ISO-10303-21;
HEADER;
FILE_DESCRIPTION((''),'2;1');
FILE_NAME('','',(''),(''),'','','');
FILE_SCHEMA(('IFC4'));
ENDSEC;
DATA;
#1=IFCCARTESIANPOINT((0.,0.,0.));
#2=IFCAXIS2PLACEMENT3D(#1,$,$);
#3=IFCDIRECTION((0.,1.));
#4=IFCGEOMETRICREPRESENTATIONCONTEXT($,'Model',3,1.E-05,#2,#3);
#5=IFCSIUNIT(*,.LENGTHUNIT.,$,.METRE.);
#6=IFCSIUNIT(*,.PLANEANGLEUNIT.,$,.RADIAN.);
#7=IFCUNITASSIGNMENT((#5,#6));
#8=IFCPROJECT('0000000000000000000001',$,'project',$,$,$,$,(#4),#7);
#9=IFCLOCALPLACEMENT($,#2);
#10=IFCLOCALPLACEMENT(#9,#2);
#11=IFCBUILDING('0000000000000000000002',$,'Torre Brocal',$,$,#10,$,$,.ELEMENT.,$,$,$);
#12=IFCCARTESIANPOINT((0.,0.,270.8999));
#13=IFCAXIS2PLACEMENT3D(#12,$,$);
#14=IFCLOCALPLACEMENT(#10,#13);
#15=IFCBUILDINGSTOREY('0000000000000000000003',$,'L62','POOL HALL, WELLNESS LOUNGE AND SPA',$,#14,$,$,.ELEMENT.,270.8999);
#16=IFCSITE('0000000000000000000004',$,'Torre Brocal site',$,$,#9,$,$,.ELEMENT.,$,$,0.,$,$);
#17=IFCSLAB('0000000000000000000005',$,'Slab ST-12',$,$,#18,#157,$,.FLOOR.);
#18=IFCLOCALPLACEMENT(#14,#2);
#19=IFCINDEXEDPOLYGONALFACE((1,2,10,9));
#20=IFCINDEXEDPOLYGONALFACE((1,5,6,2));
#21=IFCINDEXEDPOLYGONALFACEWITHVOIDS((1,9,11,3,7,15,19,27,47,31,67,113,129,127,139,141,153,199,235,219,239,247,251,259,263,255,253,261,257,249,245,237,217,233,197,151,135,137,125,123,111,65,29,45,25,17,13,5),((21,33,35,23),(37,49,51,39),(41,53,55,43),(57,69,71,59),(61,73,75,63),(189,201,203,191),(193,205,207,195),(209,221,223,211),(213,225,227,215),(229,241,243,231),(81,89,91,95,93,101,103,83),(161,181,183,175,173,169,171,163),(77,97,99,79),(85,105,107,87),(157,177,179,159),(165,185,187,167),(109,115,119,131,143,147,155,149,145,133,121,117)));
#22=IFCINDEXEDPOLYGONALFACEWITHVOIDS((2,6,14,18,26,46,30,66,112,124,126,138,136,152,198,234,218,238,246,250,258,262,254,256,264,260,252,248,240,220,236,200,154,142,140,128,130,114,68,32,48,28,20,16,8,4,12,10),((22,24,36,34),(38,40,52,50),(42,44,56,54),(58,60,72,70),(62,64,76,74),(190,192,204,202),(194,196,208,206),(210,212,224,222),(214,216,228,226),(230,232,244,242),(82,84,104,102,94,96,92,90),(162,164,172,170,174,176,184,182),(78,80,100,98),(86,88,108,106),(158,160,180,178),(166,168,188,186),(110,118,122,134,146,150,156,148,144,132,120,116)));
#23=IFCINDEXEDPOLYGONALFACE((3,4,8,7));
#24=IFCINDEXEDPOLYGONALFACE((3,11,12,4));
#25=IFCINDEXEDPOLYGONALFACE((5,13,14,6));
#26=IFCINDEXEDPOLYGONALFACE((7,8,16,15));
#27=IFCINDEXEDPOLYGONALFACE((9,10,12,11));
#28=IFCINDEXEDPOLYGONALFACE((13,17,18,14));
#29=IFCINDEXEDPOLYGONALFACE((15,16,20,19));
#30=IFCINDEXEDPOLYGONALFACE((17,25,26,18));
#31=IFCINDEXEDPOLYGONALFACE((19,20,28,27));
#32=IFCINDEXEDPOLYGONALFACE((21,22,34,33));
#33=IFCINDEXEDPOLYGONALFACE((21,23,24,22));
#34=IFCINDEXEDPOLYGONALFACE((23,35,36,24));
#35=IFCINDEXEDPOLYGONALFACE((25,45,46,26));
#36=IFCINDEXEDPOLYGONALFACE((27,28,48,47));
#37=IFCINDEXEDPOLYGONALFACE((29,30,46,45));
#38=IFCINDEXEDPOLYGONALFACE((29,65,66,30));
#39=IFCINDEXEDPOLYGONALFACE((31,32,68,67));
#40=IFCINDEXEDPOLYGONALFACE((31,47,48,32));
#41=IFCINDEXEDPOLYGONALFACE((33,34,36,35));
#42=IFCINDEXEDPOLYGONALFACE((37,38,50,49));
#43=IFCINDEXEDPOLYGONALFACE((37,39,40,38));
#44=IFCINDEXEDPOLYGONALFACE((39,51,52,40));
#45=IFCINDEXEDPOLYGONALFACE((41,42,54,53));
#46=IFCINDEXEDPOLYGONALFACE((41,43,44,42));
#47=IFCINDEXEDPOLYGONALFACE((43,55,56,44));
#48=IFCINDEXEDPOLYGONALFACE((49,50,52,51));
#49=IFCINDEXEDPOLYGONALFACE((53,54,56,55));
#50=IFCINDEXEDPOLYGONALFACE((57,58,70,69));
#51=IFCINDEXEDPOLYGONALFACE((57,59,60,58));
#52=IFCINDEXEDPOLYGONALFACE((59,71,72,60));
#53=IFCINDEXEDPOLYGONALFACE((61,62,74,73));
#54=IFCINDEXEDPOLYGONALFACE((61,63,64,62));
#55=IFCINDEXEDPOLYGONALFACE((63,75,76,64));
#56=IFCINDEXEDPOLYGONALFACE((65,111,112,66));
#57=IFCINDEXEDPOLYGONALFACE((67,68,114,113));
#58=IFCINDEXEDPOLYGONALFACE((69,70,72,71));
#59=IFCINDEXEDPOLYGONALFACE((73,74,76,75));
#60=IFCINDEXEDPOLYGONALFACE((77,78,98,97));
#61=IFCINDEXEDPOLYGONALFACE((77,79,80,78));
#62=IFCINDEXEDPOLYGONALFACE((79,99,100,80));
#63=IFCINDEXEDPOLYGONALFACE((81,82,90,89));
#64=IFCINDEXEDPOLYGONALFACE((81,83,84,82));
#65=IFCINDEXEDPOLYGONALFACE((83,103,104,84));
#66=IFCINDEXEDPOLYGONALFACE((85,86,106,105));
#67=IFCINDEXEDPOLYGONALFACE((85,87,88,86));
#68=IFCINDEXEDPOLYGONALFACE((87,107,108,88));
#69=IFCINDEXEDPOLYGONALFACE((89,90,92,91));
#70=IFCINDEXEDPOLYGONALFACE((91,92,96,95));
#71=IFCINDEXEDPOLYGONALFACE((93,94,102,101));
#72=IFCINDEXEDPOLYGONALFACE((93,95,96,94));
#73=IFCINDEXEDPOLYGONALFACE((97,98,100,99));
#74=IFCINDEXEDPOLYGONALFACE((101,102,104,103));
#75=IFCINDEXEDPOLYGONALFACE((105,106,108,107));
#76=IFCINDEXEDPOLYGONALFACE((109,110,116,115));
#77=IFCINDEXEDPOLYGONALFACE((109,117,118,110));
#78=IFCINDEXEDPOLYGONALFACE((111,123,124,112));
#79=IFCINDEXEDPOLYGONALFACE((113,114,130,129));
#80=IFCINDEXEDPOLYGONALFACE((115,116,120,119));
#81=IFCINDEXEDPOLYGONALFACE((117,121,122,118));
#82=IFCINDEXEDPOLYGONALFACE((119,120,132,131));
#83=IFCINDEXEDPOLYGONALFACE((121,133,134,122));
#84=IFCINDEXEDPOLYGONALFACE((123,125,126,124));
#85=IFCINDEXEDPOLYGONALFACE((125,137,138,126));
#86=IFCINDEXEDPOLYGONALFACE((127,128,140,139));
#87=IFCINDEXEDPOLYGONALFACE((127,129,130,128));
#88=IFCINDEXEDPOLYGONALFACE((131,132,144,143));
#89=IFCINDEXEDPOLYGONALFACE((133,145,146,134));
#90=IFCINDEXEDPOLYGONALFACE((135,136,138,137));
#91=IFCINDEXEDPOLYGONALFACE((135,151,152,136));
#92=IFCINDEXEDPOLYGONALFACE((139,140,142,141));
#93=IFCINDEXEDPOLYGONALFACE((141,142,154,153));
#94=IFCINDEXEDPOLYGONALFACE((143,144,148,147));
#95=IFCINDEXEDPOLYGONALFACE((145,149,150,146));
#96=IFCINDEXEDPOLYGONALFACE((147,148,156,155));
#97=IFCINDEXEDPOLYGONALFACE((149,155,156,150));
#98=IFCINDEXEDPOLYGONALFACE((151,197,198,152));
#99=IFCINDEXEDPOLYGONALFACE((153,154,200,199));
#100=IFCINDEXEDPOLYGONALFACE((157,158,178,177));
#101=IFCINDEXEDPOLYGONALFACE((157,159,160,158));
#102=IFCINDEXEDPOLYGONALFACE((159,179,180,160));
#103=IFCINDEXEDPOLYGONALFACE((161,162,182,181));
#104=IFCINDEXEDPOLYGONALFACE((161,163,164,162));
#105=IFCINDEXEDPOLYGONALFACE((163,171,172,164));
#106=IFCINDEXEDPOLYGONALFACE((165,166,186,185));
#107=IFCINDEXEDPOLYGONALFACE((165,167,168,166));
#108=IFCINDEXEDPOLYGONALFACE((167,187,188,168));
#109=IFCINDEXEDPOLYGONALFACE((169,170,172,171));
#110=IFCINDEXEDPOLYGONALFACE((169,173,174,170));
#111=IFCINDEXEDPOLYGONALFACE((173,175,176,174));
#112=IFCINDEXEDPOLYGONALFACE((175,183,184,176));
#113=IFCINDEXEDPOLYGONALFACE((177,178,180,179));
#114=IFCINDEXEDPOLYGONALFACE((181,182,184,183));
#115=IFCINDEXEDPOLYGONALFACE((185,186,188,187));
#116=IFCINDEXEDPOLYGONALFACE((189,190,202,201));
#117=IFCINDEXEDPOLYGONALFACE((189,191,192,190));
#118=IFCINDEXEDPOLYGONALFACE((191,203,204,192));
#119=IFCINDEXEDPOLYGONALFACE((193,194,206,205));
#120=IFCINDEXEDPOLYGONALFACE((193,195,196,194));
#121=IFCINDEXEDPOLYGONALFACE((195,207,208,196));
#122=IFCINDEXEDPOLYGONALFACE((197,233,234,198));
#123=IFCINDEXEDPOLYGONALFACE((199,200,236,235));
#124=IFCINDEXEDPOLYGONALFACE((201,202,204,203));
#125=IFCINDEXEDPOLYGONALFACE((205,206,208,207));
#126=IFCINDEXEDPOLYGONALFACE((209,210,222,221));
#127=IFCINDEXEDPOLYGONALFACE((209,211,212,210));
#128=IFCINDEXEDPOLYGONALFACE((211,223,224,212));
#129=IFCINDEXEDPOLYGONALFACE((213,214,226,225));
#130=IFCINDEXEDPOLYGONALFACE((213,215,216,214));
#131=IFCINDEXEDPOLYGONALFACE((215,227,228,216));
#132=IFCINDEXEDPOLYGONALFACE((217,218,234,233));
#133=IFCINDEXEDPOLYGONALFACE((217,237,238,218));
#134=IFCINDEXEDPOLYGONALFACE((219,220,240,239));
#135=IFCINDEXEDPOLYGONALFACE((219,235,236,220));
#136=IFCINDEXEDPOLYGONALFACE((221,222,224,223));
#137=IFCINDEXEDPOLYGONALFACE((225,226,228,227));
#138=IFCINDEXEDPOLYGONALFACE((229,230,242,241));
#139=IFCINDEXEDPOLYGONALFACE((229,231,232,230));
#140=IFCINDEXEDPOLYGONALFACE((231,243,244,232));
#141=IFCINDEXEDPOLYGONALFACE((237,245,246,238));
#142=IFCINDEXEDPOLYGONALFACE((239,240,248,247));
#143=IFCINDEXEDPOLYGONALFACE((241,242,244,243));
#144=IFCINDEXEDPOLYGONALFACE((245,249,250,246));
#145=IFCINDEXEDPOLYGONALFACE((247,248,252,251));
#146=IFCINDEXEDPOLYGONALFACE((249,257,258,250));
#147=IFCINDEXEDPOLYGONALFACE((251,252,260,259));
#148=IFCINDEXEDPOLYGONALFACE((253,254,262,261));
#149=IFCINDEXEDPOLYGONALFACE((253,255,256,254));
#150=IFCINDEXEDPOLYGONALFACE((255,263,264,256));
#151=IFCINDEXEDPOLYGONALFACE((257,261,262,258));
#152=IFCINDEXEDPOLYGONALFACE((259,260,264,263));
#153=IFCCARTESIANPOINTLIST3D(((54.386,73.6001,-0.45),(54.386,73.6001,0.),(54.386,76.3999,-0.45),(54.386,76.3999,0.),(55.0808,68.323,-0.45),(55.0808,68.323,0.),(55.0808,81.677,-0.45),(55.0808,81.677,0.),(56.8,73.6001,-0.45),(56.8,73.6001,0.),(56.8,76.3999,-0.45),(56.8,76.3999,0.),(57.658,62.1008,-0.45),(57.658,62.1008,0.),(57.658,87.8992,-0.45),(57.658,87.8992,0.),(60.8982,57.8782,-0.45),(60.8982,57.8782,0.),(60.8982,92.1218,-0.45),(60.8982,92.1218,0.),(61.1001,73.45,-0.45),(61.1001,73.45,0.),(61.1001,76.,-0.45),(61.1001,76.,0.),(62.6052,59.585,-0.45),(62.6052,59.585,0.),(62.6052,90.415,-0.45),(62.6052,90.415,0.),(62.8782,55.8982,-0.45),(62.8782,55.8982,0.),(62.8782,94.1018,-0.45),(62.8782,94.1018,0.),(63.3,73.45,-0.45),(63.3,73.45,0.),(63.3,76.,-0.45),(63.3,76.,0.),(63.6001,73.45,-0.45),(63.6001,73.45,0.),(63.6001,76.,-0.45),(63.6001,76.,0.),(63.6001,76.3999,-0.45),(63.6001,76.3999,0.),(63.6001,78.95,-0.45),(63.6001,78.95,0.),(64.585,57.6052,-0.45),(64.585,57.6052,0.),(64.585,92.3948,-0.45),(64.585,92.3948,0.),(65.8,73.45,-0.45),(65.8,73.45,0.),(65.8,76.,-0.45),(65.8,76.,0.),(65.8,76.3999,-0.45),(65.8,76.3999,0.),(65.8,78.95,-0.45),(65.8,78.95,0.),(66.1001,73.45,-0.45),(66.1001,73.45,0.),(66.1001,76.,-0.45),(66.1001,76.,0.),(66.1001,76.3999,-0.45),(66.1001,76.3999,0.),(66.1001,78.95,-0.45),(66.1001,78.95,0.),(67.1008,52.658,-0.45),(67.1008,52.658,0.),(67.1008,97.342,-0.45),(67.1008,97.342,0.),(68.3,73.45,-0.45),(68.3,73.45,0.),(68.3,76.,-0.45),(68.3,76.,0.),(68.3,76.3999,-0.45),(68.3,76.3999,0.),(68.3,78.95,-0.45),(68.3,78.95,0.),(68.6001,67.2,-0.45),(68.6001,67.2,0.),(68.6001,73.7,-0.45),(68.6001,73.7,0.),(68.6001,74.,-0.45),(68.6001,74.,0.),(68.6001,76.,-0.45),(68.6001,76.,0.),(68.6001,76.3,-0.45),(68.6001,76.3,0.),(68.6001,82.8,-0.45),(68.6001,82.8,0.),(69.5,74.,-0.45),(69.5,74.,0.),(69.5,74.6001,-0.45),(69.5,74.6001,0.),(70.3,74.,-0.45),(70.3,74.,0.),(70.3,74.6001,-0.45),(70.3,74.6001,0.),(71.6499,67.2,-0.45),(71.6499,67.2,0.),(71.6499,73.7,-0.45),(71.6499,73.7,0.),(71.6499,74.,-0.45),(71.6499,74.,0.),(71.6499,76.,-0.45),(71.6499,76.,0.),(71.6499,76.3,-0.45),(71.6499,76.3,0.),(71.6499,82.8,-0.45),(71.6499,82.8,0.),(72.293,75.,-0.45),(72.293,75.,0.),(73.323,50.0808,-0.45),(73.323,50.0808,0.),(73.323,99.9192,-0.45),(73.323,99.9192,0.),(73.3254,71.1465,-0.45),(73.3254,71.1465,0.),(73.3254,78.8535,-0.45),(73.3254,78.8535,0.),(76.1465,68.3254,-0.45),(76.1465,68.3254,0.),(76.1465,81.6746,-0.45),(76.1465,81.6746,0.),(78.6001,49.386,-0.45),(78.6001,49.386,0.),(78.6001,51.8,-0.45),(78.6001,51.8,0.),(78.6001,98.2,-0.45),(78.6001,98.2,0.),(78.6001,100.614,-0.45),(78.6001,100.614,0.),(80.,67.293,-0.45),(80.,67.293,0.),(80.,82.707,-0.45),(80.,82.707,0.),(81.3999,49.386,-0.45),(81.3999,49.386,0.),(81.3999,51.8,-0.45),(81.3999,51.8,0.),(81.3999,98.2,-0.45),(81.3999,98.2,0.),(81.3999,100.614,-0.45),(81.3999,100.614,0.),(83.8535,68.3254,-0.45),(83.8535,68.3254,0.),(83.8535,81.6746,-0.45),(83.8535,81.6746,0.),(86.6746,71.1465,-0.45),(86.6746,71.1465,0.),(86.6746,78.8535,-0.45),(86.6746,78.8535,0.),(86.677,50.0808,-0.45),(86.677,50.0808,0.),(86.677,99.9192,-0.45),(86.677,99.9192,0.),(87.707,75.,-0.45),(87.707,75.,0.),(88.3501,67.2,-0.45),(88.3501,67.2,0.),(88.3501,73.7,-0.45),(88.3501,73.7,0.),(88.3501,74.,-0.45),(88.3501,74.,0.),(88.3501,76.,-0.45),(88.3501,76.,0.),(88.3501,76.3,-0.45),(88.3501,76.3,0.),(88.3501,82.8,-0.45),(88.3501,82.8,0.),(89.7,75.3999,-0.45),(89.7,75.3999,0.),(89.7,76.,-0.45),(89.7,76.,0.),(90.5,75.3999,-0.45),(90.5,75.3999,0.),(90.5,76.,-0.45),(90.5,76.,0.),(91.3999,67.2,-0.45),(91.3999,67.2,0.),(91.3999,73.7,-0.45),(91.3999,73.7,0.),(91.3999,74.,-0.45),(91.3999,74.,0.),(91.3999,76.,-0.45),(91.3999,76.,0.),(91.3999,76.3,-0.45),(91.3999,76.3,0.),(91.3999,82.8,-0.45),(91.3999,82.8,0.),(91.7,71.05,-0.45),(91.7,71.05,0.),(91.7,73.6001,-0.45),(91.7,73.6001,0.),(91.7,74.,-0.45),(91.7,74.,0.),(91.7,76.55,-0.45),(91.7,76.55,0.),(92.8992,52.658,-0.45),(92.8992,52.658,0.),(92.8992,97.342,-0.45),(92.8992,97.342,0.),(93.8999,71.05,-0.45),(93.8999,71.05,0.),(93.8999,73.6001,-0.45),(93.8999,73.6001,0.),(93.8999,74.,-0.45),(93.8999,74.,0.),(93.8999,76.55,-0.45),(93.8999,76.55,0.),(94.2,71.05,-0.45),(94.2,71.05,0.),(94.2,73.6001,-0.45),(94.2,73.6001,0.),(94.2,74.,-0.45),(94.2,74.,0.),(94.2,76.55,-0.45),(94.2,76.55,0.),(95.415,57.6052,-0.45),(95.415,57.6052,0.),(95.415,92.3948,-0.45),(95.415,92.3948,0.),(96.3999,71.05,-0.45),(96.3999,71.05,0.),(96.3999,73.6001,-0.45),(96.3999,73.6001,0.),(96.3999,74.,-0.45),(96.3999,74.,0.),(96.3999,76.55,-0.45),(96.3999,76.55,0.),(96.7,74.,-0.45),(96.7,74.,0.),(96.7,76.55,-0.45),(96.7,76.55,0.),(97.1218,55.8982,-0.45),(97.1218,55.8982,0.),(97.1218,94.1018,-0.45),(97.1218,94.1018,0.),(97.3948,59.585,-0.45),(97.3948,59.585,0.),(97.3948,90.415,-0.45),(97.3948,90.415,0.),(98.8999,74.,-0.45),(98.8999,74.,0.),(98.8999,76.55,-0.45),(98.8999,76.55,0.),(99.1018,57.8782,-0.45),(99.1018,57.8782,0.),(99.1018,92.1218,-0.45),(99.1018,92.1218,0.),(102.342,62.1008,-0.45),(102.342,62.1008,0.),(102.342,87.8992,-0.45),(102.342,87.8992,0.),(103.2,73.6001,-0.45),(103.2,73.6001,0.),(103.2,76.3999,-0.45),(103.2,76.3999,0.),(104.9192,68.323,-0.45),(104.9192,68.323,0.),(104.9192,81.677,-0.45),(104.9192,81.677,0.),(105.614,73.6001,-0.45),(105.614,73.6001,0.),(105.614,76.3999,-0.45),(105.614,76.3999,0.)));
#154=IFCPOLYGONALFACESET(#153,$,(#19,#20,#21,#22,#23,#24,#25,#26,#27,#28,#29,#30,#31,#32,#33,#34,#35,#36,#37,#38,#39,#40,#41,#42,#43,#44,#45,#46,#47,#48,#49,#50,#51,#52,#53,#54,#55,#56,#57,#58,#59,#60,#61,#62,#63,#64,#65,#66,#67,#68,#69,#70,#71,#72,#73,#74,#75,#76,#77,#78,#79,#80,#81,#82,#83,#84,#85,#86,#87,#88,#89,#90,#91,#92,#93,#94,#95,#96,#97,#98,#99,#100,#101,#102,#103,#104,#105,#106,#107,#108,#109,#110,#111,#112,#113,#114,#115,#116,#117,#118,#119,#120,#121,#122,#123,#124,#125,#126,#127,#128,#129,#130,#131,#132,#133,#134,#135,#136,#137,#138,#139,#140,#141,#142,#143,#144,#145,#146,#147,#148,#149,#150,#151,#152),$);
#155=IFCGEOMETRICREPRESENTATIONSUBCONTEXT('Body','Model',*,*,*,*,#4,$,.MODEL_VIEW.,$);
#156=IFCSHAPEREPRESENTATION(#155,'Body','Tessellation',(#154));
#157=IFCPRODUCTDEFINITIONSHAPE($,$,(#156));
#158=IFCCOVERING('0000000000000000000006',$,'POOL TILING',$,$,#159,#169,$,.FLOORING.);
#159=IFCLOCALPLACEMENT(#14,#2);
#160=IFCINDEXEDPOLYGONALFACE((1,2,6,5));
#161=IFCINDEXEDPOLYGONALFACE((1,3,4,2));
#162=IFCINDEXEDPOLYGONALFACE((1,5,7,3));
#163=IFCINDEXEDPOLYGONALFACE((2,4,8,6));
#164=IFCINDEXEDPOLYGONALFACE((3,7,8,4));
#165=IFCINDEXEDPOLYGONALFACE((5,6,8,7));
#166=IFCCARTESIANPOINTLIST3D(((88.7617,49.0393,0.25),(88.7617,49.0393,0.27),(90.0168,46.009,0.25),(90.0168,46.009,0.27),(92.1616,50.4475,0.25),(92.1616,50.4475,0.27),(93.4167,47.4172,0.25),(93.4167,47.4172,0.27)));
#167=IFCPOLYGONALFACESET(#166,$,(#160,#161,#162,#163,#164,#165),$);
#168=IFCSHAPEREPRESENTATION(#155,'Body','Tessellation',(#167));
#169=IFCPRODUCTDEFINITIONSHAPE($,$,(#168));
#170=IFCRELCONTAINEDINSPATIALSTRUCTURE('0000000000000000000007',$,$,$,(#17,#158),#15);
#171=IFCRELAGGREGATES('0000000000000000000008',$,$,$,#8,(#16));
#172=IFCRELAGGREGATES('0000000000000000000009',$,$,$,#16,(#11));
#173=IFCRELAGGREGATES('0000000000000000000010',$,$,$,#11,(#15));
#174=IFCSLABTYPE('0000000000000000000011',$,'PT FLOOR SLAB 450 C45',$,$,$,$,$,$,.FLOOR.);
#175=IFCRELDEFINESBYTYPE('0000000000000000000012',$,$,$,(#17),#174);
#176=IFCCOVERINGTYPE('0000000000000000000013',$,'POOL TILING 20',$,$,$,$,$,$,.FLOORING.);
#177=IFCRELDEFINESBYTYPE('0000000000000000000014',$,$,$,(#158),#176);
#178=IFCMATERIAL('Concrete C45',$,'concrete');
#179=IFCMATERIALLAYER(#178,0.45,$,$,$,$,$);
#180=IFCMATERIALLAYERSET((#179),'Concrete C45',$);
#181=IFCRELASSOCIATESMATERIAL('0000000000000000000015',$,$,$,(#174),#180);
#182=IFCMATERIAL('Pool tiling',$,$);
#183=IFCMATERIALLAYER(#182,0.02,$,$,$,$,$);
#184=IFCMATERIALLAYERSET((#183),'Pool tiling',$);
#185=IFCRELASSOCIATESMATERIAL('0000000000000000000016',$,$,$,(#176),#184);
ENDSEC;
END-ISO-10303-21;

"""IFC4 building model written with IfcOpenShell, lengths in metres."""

from ifc_helpers import new_model, si_unit, direction, frame, origin, place, context, subcontext, project, spatial, polyline, outline, extrude, material, layer, layer_set, type_object, element, save


model = new_model("IFC4")

# Units and contexts
model_context = context("Model", 3, precision=1e-05, world=origin(), true_north=direction((0.0, 1.0)))
body_context = subcontext(model_context, "Body", "Model", "MODEL_VIEW")
ifc_project = project(units=[si_unit("LENGTHUNIT", "METRE"), si_unit("PLANEANGLEUNIT", "RADIAN")], contexts=[model_context])

# Site, building, storey
site_placement = place(None, origin())
site = spatial("IfcSite", under=ifc_project, at=site_placement, Name="Torre Brocal site", CompositionType="ELEMENT", RefElevation=0.0)
building_placement = place(site_placement, origin())
building = spatial("IfcBuilding", under=site, at=building_placement, Name="Torre Brocal", CompositionType="ELEMENT")
storey_placement = place(building_placement, frame((0.0, 0.0, 270.8999)))
storey = spatial("IfcBuildingStorey", under=building, at=storey_placement, Name="L62", Description="POOL HALL, WELLNESS LOUNGE AND SPA", CompositionType="ELEMENT", Elevation=270.8999)

# Slab
ifc_material_1 = material(Name="Concrete C45", Category="concrete")
ifc_layer_1 = layer(ifc_material_1, 0.45)
ifc_layer_set_1 = layer_set([ifc_layer_1], Name="Concrete C45")
slab_type_1 = type_object("IfcSlabType", Name="PT FLOOR SLAB 450 C45", PredefinedType="FLOOR", material=ifc_layer_set_1)
slab_1_placement = place(storey_placement, frame((0.0, 0.0, -0.45)))
element("IfcSlab", 1, at=slab_1_placement, inside=storey, type_object=slab_type_1, Name="Slab ST-12", PredefinedType="FLOOR", context=body_context, shape_type="SweptSolid", body=[
    extrude(outline(polyline([(103.2, 76.3999), (103.2, 73.6001), (105.614, 73.6001), (104.9192, 68.323), (102.342, 62.1008), (99.1018, 57.8782), (97.3948, 59.585), (95.415, 57.6052), (97.1218, 55.8982), (92.8992, 52.658), (86.677, 50.0808), (81.3999, 49.386), (81.3999, 51.8), (78.6001, 51.8), (78.6001, 49.386), (73.323, 50.0808), (67.1008, 52.658), (62.8782, 55.8982), (64.585, 57.6052), (62.6052, 59.585), (60.8982, 57.8782), (57.658, 62.1008), (55.0808, 68.323), (54.386, 73.6001), (56.8, 73.6001), (56.8, 76.3999), (54.386, 76.3999), (55.0808, 81.677), (57.658, 87.8992), (60.8982, 92.1218), (62.6052, 90.415), (64.585, 92.3948), (62.8782, 94.1018), (67.1008, 97.342), (73.323, 99.9192), (78.6001, 100.614), (78.6001, 98.2), (81.3999, 98.2), (81.3999, 100.614), (86.677, 99.9192), (92.8992, 97.342), (97.1218, 94.1018), (95.415, 92.3948), (97.3948, 90.415), (99.1018, 92.1218), (102.342, 87.8992), (104.9192, 81.677), (105.614, 76.3999), (103.2, 76.3999)]), holes=[polyline([(98.8999, 76.55), (96.7, 76.55), (96.7, 74.0), (98.8999, 74.0), (98.8999, 76.55)]), polyline([(96.3999, 76.55), (94.2, 76.55), (94.2, 74.0), (96.3999, 74.0), (96.3999, 76.55)]), polyline([(96.3999, 73.6001), (94.2, 73.6001), (94.2, 71.05), (96.3999, 71.05), (96.3999, 73.6001)]), polyline([(93.8999, 76.55), (91.7, 76.55), (91.7, 74.0), (93.8999, 74.0), (93.8999, 76.55)]), polyline([(93.8999, 73.6001), (91.7, 73.6001), (91.7, 71.05), (93.8999, 71.05), (93.8999, 73.6001)]), polyline([(89.7, 76.0), (88.3501, 76.0), (88.3501, 74.0), (91.3999, 74.0), (91.3999, 76.0), (90.5, 76.0), (90.5, 75.3999), (89.7, 75.3999), (89.7, 76.0)]), polyline([(91.3999, 82.8), (88.3501, 82.8), (88.3501, 76.3), (91.3999, 76.3), (91.3999, 82.8)]), polyline([(91.3999, 73.7), (88.3501, 73.7), (88.3501, 67.2), (91.3999, 67.2), (91.3999, 73.7)]), polyline([(80.0, 82.707), (76.1465, 81.6746), (73.3254, 78.8535), (72.293, 75.0), (73.3254, 71.1465), (76.1465, 68.3254), (80.0, 67.293), (83.8535, 68.3254), (86.6746, 71.1465), (87.707, 75.0), (86.6746, 78.8535), (83.8535, 81.6746), (80.0, 82.707)]), polyline([(70.3, 74.0), (71.6499, 74.0), (71.6499, 76.0), (68.6001, 76.0), (68.6001, 74.0), (69.5, 74.0), (69.5, 74.6001), (70.3, 74.6001), (70.3, 74.0)]), polyline([(68.6001, 76.3), (71.6499, 76.3), (71.6499, 82.8), (68.6001, 82.8), (68.6001, 76.3)]), polyline([(68.6001, 67.2), (71.6499, 67.2), (71.6499, 73.7), (68.6001, 73.7), (68.6001, 67.2)]), polyline([(66.1001, 76.3999), (68.3, 76.3999), (68.3, 78.95), (66.1001, 78.95), (66.1001, 76.3999)]), polyline([(66.1001, 73.45), (68.3, 73.45), (68.3, 76.0), (66.1001, 76.0), (66.1001, 73.45)]), polyline([(63.6001, 76.3999), (65.8, 76.3999), (65.8, 78.95), (63.6001, 78.95), (63.6001, 76.3999)]), polyline([(63.6001, 73.45), (65.8, 73.45), (65.8, 76.0), (63.6001, 76.0), (63.6001, 73.45)]), polyline([(61.1001, 73.45), (63.3, 73.45), (63.3, 76.0), (61.1001, 76.0), (61.1001, 73.45)])]), origin(), (0.0, 0.0, 1.0), 0.45),
])

# Covering
ifc_material_2 = material(Name="Pool tiling")
ifc_layer_2 = layer(ifc_material_2, 0.02)
ifc_layer_set_2 = layer_set([ifc_layer_2], Name="Pool tiling")
covering_type = type_object("IfcCoveringType", Name="POOL TILING 20", PredefinedType="FLOORING", material=ifc_layer_set_2)
covering_placement = place(storey_placement, frame((0.0, 0.0, 0.25)))
element("IfcCovering", 2, at=covering_placement, inside=storey, type_object=covering_type, Name="POOL TILING", PredefinedType="FLOORING", context=body_context, shape_type="SweptSolid", body=[
    extrude(outline(polyline([(88.7617, 49.0393), (92.1616, 50.4475), (93.4167, 47.4172), (90.0168, 46.009), (88.7617, 49.0393)])), origin(), (0.0, 0.0, 1.0), 0.02),
])

save(model, "model.ifc")
